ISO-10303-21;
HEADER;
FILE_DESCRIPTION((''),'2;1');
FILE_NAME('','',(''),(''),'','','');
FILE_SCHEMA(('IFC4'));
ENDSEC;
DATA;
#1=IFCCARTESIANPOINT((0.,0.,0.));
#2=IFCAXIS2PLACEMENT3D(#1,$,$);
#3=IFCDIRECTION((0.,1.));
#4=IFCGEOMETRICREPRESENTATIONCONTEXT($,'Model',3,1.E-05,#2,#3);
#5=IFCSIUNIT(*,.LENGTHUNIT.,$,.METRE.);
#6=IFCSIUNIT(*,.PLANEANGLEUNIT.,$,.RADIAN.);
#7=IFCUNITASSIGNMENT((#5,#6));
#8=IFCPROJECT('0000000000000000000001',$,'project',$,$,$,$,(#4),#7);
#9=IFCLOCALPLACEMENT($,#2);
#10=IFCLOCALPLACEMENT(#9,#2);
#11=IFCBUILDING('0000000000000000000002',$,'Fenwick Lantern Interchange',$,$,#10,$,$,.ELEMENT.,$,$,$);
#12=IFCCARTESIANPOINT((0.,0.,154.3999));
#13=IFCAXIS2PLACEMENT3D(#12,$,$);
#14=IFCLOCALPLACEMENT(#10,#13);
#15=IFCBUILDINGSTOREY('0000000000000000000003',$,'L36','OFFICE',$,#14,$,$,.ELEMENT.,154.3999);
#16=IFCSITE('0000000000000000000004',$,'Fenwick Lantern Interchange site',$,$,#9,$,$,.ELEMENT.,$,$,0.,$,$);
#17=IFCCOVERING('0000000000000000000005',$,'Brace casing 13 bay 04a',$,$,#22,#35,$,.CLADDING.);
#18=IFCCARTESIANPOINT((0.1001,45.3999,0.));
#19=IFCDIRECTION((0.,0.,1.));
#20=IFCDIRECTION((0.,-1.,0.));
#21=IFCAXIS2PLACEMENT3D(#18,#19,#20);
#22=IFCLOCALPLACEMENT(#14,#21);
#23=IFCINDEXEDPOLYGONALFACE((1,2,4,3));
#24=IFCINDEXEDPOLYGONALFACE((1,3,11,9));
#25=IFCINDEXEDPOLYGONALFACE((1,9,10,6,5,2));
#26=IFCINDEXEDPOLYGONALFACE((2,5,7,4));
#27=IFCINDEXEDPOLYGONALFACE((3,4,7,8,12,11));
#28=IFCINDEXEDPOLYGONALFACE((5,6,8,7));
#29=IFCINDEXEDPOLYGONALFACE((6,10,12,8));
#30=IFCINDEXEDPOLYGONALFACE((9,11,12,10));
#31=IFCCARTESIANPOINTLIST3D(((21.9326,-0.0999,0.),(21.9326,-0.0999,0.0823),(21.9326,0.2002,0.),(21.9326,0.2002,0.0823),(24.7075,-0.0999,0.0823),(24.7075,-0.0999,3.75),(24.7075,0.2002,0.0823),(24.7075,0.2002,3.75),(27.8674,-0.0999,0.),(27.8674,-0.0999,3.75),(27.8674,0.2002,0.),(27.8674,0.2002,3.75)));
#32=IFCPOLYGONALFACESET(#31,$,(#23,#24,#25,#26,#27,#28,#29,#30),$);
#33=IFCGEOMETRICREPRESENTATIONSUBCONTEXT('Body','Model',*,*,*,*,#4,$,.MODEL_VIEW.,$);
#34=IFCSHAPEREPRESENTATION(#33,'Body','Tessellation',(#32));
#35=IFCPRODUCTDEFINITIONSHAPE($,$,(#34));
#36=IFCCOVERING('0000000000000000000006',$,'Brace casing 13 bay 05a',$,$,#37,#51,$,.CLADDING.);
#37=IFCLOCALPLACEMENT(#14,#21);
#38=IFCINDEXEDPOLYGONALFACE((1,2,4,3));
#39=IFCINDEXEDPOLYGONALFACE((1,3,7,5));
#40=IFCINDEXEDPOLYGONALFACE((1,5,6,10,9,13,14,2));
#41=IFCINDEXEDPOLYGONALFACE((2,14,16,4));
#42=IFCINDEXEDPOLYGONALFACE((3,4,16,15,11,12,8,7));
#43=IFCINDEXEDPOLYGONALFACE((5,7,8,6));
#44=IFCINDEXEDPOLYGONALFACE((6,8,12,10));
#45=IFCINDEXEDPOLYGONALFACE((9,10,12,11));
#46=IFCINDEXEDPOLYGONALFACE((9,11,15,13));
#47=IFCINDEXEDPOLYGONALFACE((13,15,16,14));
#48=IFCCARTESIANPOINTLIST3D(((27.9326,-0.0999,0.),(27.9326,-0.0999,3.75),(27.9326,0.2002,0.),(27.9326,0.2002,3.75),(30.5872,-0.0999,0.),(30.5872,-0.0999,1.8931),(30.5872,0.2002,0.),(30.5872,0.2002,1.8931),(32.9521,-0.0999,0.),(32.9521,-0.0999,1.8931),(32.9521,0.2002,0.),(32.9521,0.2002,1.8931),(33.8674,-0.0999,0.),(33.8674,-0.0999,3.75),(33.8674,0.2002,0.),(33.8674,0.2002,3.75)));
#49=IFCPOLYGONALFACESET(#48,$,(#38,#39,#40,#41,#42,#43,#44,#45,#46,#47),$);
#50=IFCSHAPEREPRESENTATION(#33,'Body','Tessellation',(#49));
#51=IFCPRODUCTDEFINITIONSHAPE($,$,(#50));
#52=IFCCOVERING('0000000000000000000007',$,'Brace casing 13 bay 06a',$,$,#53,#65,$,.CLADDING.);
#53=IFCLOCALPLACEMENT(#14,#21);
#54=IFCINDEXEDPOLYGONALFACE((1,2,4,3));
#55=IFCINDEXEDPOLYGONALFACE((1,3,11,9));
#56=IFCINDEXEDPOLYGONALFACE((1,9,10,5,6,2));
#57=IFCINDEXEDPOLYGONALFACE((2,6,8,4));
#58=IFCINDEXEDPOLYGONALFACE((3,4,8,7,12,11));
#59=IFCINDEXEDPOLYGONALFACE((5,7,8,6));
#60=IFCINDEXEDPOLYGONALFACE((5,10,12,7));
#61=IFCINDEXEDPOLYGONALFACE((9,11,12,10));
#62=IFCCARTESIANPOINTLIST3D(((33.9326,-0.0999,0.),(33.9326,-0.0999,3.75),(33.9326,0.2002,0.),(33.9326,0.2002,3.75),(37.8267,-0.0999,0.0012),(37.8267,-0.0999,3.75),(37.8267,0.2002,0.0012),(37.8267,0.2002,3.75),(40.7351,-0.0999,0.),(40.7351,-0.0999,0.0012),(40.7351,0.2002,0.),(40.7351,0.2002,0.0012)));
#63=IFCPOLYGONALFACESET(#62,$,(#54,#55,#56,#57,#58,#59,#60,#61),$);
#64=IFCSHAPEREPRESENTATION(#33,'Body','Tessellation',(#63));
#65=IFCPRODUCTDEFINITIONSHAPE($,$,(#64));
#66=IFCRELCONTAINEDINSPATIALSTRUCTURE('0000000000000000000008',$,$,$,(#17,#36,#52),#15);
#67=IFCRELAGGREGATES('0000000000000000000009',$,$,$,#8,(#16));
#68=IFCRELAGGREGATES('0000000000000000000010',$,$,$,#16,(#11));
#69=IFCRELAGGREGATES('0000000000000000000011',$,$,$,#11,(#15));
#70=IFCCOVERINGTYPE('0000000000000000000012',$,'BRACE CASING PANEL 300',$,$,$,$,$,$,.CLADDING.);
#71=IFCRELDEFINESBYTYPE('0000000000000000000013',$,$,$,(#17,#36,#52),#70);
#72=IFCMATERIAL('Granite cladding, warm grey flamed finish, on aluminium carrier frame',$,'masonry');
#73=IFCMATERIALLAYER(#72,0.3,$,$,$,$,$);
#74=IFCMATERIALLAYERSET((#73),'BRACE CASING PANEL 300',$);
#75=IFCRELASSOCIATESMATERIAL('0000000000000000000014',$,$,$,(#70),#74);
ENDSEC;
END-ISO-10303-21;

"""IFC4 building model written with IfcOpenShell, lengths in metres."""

from ifc_helpers import new_model, si_unit, direction, frame, origin, place, context, subcontext, project, spatial, polyline, outline, extrude, material, layer, layer_set, type_object, element, save


model = new_model("IFC4")

# Units and contexts
model_context = context("Model", 3, precision=1e-05, world=origin(), true_north=direction((0.0, 1.0)))
body_context = subcontext(model_context, "Body", "Model", "MODEL_VIEW")
ifc_project = project(units=[si_unit("LENGTHUNIT", "METRE"), si_unit("PLANEANGLEUNIT", "RADIAN")], contexts=[model_context])

# Site, building, storey
site_placement = place(None, origin())
site = spatial("IfcSite", under=ifc_project, at=site_placement, Name="Fenwick Lantern Interchange site", CompositionType="ELEMENT", RefElevation=0.0)
building_placement = place(site_placement, origin())
building = spatial("IfcBuilding", under=site, at=building_placement, Name="Fenwick Lantern Interchange", CompositionType="ELEMENT")
storey_placement = place(building_placement, frame((0.0, 0.0, 154.3999)))
storey = spatial("IfcBuildingStorey", under=building, at=storey_placement, Name="L36", Description="OFFICE", CompositionType="ELEMENT", Elevation=154.3999)

# Coverings
ifc_material_1 = material(Name="Granite cladding, warm grey flamed finish, on aluminium carrier frame", Category="masonry")
ifc_layer_1 = layer(ifc_material_1, 0.3)
ifc_layer_set_1 = layer_set([ifc_layer_1], Name="BRACE CASING PANEL 300")
covering_type = type_object("IfcCoveringType", Name="BRACE CASING PANEL 300", PredefinedType="CLADDING", material=ifc_layer_set_1)
covering_1_placement = place(storey_placement, frame((0.1001, 45.3999, 0.0), z_axis=(0.0, 0.0, 1.0), x_axis=(0.0, -1.0, 0.0)))
element("IfcCovering", 1, at=covering_1_placement, inside=storey, type_object=covering_type, Name="Brace casing 13 bay 04a", PredefinedType="CLADDING", context=body_context, shape_type="SweptSolid", body=[
    extrude(outline(polyline([(21.9326, 0.0), (27.8674, 0.0), (27.8674, 3.75), (24.7075, 3.75), (24.7075, 0.0823), (21.9326, 0.0823), (21.9326, 0.0)])), frame((0.0, 0.2002, 0.0), z_axis=(0.0, -1.0, 0.0), x_axis=(1.0, 0.0, 0.0)), (0.0, 0.0, 1.0), 0.3),
])
covering_2_placement = place(storey_placement, frame((0.1001, 45.3999, 0.0), z_axis=(0.0, 0.0, 1.0), x_axis=(0.0, -1.0, 0.0)))
element("IfcCovering", 2, at=covering_2_placement, inside=storey, type_object=covering_type, Name="Brace casing 13 bay 05a", PredefinedType="CLADDING", context=body_context, shape_type="SweptSolid", body=[
    extrude(outline(polyline([(27.9326, 0.0), (30.5872, 0.0), (30.5872, 1.8931), (32.9521, 1.8931), (32.9521, 0.0), (33.8674, 0.0), (33.8674, 3.75), (27.9326, 3.75), (27.9326, 0.0)])), frame((0.0, 0.2002, 0.0), z_axis=(0.0, -1.0, 0.0), x_axis=(1.0, 0.0, 0.0)), (0.0, 0.0, 1.0), 0.3),
])
covering_3_placement = place(storey_placement, frame((0.1001, 45.3999, 0.0), z_axis=(0.0, 0.0, 1.0), x_axis=(0.0, -1.0, 0.0)))
element("IfcCovering", 3, at=covering_3_placement, inside=storey, type_object=covering_type, Name="Brace casing 13 bay 06a", PredefinedType="CLADDING", context=body_context, shape_type="SweptSolid", body=[
    extrude(outline(polyline([(33.9326, 0.0), (40.7351, 0.0), (40.7351, 0.0012), (37.8267, 0.0012), (37.8267, 3.75), (33.9326, 3.75), (33.9326, 0.0)])), frame((0.0, 0.2002, 0.0), z_axis=(0.0, -1.0, 0.0), x_axis=(1.0, 0.0, 0.0)), (0.0, 0.0, 1.0), 0.3),
])

save(model, "model.ifc")
